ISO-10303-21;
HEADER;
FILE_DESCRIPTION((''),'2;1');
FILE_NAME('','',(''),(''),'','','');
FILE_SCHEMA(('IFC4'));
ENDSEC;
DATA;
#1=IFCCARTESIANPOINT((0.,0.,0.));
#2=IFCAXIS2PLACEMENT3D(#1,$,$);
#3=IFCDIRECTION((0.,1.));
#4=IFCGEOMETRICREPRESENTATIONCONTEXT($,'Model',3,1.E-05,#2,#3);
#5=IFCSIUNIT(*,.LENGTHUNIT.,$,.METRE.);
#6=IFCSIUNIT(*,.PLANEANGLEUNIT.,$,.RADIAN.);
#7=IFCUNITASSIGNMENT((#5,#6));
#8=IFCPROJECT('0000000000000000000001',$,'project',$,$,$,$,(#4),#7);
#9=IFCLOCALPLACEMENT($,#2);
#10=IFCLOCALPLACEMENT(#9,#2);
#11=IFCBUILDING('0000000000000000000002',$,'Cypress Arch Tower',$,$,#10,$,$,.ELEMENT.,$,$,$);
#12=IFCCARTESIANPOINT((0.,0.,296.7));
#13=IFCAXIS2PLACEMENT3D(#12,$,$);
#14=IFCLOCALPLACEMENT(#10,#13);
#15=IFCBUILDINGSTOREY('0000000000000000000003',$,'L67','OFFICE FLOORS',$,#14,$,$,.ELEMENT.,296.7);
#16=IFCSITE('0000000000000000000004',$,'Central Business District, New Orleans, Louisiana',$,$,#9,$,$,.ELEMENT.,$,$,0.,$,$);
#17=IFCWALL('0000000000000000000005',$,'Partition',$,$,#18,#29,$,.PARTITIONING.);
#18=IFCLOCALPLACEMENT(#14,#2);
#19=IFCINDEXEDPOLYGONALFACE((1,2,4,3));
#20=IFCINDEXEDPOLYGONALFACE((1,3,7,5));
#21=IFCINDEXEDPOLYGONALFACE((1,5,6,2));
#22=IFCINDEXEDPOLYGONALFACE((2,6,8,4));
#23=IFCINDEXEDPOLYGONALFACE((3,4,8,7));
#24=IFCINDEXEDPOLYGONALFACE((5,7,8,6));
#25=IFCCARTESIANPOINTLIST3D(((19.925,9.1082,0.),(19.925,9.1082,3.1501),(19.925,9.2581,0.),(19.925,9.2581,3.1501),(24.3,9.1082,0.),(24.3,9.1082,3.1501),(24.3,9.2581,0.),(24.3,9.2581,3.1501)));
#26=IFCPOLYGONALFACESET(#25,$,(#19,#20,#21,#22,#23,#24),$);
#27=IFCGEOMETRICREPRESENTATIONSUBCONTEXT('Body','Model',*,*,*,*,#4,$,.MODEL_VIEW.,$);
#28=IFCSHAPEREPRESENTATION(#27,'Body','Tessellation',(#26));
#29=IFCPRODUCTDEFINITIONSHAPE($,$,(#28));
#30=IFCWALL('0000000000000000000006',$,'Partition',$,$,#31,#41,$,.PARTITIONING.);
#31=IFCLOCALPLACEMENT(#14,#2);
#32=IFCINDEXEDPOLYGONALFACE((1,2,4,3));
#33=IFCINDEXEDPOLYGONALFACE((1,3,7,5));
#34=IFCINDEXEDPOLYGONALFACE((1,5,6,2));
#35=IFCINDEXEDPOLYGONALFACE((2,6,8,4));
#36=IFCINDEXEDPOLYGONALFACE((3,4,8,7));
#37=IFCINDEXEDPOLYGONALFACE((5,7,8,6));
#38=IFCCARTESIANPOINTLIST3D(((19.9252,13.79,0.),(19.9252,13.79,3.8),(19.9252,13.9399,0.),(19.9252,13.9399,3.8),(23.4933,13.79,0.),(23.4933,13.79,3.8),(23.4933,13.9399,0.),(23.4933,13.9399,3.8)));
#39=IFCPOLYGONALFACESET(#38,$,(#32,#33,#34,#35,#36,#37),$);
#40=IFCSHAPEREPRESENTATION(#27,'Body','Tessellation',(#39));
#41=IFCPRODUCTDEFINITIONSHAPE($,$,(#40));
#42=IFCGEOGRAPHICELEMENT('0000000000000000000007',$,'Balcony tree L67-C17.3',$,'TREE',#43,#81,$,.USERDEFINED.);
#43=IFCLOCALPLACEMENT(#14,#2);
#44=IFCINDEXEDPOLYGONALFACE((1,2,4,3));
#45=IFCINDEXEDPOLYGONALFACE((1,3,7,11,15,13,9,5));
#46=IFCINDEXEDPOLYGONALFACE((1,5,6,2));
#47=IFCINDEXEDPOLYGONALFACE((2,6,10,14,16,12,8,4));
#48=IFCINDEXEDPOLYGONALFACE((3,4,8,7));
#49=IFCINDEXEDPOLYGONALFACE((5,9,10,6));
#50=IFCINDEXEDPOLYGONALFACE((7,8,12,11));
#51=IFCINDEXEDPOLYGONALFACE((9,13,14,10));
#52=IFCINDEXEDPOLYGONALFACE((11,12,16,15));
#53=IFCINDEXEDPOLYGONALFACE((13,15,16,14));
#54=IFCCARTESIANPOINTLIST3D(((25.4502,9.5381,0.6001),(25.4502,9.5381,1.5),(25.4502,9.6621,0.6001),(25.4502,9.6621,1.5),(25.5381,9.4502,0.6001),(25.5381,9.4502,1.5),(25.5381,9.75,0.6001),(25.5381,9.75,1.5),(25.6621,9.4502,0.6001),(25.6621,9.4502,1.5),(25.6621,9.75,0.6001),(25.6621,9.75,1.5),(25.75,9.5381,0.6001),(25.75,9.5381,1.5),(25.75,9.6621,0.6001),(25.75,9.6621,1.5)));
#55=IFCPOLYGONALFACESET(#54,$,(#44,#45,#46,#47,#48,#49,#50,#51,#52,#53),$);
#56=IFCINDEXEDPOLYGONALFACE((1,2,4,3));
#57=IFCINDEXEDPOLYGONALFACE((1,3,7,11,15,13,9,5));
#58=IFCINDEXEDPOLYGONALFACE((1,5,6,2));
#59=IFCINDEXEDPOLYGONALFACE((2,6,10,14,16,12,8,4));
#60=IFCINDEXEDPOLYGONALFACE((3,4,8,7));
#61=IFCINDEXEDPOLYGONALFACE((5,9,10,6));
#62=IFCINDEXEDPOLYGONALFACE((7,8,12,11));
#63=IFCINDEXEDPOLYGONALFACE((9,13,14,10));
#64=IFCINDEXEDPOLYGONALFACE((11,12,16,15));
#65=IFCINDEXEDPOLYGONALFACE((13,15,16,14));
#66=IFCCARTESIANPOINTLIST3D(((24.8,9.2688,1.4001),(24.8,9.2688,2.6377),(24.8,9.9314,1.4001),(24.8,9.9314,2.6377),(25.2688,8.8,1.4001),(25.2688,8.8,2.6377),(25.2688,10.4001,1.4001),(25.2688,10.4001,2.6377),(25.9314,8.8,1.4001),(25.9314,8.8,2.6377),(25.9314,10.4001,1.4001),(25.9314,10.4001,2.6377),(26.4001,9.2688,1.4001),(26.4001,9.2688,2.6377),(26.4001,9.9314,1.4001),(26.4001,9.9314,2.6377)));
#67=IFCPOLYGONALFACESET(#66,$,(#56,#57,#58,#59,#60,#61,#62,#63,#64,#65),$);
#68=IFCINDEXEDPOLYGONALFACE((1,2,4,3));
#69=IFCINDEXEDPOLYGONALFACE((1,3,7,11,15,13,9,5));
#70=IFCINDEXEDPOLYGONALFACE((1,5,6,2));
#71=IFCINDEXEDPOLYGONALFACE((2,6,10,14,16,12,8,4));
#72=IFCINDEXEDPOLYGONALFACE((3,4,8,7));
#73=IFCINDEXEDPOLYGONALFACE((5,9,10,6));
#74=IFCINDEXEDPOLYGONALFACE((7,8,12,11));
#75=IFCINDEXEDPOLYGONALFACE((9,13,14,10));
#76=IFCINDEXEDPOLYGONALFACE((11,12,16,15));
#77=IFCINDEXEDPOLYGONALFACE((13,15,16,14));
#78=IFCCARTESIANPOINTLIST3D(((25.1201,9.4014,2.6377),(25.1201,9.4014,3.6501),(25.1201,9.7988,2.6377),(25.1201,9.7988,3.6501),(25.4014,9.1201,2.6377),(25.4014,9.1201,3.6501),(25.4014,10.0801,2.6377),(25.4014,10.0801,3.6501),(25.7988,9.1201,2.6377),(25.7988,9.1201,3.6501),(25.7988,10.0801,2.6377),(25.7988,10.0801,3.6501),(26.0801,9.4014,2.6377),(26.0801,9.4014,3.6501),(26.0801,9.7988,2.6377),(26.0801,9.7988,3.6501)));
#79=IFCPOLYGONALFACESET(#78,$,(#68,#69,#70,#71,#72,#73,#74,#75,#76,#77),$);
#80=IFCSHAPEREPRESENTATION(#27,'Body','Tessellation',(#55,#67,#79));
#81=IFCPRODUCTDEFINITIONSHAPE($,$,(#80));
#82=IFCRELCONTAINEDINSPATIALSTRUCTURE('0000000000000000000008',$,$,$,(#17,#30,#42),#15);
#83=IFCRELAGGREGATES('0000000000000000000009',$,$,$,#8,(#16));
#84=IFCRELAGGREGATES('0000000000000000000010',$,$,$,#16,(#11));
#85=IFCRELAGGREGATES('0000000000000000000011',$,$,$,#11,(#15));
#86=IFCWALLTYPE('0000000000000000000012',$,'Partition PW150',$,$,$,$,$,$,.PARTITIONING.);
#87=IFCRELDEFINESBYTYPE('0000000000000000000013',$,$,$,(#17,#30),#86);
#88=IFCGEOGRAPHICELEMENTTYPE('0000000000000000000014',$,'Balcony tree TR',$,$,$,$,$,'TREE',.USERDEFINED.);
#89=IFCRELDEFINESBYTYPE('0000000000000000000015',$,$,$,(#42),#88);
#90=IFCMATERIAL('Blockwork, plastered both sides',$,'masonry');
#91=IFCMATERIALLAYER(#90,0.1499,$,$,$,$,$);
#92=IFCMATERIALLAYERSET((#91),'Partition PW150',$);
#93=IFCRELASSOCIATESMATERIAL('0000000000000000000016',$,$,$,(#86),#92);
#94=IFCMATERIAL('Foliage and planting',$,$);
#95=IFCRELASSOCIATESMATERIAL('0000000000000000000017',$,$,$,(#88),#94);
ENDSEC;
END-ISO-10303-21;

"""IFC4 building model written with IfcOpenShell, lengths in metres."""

from ifc_helpers import new_model, si_unit, direction, frame, frame_2d, origin, place, context, subcontext, project, spatial, polyline, rectangle, outline, extrude, material, layer, layer_set, type_object, element, save


model = new_model("IFC4")

# Units and contexts
model_context = context("Model", 3, precision=1e-05, world=origin(), true_north=direction((0.0, 1.0)))
body_context = subcontext(model_context, "Body", "Model", "MODEL_VIEW")
ifc_project = project(units=[si_unit("LENGTHUNIT", "METRE"), si_unit("PLANEANGLEUNIT", "RADIAN")], contexts=[model_context])

# Site, building, storey
site_placement = place(None, origin())
site = spatial("IfcSite", under=ifc_project, at=site_placement, Name="Central Business District, New Orleans, Louisiana", CompositionType="ELEMENT", RefElevation=0.0)
building_placement = place(site_placement, origin())
building = spatial("IfcBuilding", under=site, at=building_placement, Name="Cypress Arch Tower", CompositionType="ELEMENT")
storey_placement = place(building_placement, frame((0.0, 0.0, 296.7)))
storey = spatial("IfcBuildingStorey", under=building, at=storey_placement, Name="L67", Description="OFFICE FLOORS", CompositionType="ELEMENT", Elevation=296.7)

# Shared definitions
ifc_material_1 = material(Name="Blockwork, plastered both sides", Category="masonry")
ifc_layer_1 = layer(ifc_material_1, 0.1499)
ifc_layer_set_1 = layer_set([ifc_layer_1], Name="Partition PW150")
wall_type_1 = type_object("IfcWallType", Name="Partition PW150", PredefinedType="PARTITIONING", material=ifc_layer_set_1)

# Walls
wall_1_placement = place(storey_placement, frame((19.925, 9.1831, 0.0), z_axis=(0.0, 0.0, 1.0), x_axis=(1.0, 0.0, 0.0)))
element("IfcWall", 1, at=wall_1_placement, inside=storey, type_object=wall_type_1, Name="Partition", PredefinedType="PARTITIONING", context=body_context, shape_type="SweptSolid", body=[
    extrude(rectangle(XDim=4.375, YDim=0.1499, at=frame_2d((2.1875, 0.0))), origin(), (0.0, 0.0, 1.0), 3.1501),
])
wall_2_placement = place(storey_placement, frame((19.925, 13.865, 0.0), z_axis=(0.0, 0.0, 1.0), x_axis=(1.0, 0.0, 0.0)))
element("IfcWall", 2, at=wall_2_placement, inside=storey, type_object=wall_type_1, Name="Partition", PredefinedType="PARTITIONING", context=body_context, shape_type="SweptSolid", body=[
    extrude(rectangle(XDim=3.5681, YDim=0.1499, at=frame_2d((1.7842, 0.0))), origin(), (0.0, 0.0, 1.0), 3.8),
])

# Geographic element
ifc_material_2 = material(Name="Foliage and planting")
geographic_element_type = type_object("IfcGeographicElementType", Name="Balcony tree TR", ElementType="TREE", PredefinedType="USERDEFINED", material=ifc_material_2)
geographic_element_placement = place(storey_placement, frame((25.6001, 9.6001, 0.6001), z_axis=(0.0, 0.0, 1.0), x_axis=(1.0, 0.0, 0.0)))
element("IfcGeographicElement", 3, at=geographic_element_placement, inside=storey, type_object=geographic_element_type, Name="Balcony tree L67-C17.3", ObjectType="TREE", PredefinedType="USERDEFINED", context=body_context, shape_type="SweptSolid", body=[
    extrude(outline(polyline([(0.1499, 0.062), (0.062, 0.1499), (-0.062, 0.1499), (-0.1499, 0.062), (-0.1499, -0.062), (-0.062, -0.1499), (0.062, -0.1499), (0.1499, -0.062), (0.1499, 0.062)])), origin(), (0.0, 0.0, 1.0), 0.8999),
    extrude(outline(polyline([(0.8, 0.3313), (0.3313, 0.8), (-0.3313, 0.8), (-0.8, 0.3313), (-0.8, -0.3313), (-0.3313, -0.8), (0.3313, -0.8), (0.8, -0.3313), (0.8, 0.3313)])), frame((0.0, 0.0, 0.8)), (0.0, 0.0, 1.0), 1.2375),
    extrude(outline(polyline([(0.48, 0.1987), (0.1987, 0.48), (-0.1987, 0.48), (-0.48, 0.1987), (-0.48, -0.1987), (-0.1987, -0.48), (0.1987, -0.48), (0.48, -0.1987), (0.48, 0.1987)])), frame((0.0, 0.0, 2.0376)), (0.0, 0.0, 1.0), 1.0125),
])

save(model, "model.ifc")
